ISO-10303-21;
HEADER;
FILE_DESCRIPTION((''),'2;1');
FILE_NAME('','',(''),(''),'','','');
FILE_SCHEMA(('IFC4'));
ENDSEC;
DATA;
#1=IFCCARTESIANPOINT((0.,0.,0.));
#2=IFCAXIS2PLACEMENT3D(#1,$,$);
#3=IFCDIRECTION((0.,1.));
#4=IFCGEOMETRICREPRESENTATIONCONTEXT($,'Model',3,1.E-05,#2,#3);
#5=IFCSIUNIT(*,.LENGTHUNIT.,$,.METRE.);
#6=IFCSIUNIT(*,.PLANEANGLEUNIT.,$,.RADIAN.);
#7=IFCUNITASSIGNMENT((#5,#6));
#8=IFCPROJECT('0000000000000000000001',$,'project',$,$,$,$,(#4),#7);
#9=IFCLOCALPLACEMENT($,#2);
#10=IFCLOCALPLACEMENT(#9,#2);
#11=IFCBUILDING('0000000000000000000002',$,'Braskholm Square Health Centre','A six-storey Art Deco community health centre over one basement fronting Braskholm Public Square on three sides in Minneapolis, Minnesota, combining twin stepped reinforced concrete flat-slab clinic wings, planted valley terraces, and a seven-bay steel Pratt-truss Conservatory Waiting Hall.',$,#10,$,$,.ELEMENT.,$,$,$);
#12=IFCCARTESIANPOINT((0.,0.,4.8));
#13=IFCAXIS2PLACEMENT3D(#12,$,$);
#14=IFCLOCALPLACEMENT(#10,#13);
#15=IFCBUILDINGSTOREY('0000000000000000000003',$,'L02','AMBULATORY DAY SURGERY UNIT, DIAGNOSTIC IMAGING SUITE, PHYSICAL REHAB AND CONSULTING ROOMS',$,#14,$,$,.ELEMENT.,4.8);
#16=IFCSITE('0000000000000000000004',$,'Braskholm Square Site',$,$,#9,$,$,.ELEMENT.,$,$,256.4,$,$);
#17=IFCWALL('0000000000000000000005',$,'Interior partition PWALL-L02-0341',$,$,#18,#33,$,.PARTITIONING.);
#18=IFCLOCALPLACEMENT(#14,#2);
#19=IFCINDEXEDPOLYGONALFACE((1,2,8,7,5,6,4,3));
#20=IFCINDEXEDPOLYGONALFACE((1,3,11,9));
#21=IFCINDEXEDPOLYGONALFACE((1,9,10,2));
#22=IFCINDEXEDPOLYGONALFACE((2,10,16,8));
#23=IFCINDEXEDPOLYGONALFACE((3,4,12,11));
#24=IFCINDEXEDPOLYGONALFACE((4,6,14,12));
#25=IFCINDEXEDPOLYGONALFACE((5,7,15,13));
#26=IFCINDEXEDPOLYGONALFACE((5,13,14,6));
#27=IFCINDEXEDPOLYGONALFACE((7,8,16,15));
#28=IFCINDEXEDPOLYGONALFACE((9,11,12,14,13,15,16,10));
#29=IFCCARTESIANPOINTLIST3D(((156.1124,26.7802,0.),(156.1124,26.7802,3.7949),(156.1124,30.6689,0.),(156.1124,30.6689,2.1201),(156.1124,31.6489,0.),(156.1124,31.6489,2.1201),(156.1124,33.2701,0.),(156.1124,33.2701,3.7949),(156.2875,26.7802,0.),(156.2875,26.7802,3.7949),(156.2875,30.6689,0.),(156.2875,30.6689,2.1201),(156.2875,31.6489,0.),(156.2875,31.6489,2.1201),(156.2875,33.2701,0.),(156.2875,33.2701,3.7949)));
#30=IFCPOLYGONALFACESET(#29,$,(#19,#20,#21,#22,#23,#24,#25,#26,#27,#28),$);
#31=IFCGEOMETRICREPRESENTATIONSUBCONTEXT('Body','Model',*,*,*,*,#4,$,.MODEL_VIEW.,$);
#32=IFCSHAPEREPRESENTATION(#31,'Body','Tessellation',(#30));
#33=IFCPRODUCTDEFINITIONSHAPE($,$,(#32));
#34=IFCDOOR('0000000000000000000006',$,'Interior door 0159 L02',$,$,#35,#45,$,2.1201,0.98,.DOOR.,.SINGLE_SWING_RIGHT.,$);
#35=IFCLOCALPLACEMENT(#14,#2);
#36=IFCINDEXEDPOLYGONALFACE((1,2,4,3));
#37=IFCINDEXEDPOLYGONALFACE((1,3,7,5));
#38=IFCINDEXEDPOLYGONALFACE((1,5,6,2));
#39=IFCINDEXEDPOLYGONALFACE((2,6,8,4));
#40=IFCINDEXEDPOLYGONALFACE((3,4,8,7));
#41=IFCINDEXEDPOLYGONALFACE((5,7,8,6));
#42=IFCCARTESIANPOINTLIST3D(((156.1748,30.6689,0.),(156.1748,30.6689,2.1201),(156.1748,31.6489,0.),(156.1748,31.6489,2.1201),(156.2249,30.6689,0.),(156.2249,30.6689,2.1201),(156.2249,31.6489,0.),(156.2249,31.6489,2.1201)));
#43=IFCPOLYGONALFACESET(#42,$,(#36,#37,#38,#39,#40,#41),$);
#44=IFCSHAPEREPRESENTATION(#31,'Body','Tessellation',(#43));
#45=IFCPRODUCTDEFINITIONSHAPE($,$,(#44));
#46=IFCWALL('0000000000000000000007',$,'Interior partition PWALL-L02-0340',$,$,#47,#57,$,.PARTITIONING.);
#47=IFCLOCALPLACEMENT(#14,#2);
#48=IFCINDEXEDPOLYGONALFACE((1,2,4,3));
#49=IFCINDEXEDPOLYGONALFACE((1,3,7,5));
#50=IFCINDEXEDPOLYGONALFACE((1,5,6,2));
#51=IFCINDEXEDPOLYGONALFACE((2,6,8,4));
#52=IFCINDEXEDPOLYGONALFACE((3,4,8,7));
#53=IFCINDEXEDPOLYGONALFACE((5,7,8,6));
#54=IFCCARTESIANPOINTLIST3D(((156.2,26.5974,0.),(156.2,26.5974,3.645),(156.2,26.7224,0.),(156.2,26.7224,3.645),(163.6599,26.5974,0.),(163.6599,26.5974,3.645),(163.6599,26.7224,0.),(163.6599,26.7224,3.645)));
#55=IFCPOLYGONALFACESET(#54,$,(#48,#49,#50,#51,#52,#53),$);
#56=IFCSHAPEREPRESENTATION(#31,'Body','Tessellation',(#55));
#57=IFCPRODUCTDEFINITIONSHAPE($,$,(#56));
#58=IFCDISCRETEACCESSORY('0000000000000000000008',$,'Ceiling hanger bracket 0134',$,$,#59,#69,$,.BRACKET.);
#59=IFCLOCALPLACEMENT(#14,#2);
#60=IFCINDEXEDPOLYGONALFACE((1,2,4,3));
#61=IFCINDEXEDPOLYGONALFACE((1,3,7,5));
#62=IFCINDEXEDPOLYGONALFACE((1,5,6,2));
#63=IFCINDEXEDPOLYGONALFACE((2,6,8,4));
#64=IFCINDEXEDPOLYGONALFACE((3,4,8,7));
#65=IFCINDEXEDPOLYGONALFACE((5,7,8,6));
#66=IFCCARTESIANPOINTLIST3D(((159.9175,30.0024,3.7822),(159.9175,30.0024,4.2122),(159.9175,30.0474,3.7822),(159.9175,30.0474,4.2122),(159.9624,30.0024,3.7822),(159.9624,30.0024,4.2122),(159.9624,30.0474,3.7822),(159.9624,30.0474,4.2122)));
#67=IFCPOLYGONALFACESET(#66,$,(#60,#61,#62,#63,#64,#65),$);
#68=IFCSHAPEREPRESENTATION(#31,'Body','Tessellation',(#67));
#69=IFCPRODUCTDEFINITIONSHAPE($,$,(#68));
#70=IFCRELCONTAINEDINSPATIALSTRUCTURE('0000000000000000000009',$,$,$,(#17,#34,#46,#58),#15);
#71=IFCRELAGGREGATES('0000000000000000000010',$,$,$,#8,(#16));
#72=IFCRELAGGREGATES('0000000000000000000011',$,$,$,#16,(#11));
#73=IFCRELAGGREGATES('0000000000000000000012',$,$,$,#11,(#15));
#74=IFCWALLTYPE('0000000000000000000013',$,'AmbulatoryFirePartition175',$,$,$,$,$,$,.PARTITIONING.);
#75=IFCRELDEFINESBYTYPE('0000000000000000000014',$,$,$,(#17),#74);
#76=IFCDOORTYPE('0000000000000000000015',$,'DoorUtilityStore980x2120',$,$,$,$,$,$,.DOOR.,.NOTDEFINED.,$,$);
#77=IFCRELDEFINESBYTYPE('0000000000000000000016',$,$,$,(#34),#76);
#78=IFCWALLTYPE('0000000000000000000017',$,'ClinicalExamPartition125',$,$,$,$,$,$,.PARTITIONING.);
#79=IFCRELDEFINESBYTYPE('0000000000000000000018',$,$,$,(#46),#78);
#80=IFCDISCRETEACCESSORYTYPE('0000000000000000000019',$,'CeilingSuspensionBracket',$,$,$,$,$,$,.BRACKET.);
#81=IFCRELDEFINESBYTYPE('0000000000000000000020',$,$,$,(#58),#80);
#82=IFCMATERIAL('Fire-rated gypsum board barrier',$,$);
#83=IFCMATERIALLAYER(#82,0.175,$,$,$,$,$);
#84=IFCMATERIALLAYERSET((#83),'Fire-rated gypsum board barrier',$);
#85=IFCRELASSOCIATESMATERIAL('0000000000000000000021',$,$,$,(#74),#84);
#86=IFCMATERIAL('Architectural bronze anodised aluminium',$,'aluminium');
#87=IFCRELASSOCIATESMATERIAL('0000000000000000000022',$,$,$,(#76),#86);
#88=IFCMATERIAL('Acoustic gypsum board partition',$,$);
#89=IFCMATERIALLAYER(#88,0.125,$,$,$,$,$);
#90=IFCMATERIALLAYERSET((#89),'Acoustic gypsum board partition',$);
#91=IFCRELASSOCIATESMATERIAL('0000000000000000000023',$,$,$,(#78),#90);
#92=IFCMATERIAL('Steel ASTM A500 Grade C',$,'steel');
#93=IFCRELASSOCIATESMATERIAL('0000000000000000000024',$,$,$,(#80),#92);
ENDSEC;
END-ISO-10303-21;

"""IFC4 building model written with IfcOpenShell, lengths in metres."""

from ifc_helpers import new_model, si_unit, direction, frame, frame_2d, origin, origin_2d, place, context, subcontext, project, spatial, rectangle, extrude, material, layer, layer_set, type_object, element, fill, save


model = new_model("IFC4")

# Units and contexts
model_context = context("Model", 3, precision=1e-05, world=origin(), true_north=direction((0.0, 1.0)))
body_context = subcontext(model_context, "Body", "Model", "MODEL_VIEW")
ifc_project = project(units=[si_unit("LENGTHUNIT", "METRE"), si_unit("PLANEANGLEUNIT", "RADIAN")], contexts=[model_context])

# Site, building, storey
site_placement = place(None, origin())
site = spatial("IfcSite", under=ifc_project, at=site_placement, Name="Braskholm Square Site", CompositionType="ELEMENT", RefElevation=256.4)
building_placement = place(site_placement, origin())
building = spatial("IfcBuilding", under=site, at=building_placement, Name="Braskholm Square Health Centre", Description="A six-storey Art Deco community health centre over one basement fronting Braskholm Public Square on three sides in Minneapolis, Minnesota, combining twin stepped reinforced concrete flat-slab clinic wings, planted valley terraces, and a seven-bay steel Pratt-truss Conservatory Waiting Hall.", CompositionType="ELEMENT")
storey_placement = place(building_placement, frame((0.0, 0.0, 4.8)))
storey = spatial("IfcBuildingStorey", under=building, at=storey_placement, Name="L02", Description="AMBULATORY DAY SURGERY UNIT, DIAGNOSTIC IMAGING SUITE, PHYSICAL REHAB AND CONSULTING ROOMS", CompositionType="ELEMENT", Elevation=4.8)

# Shared definitions
ifc_material_1 = material(Name="Architectural bronze anodised aluminium", Category="aluminium")

# Wall, opening, door
ifc_material_2 = material(Name="Fire-rated gypsum board barrier")
ifc_layer_1 = layer(ifc_material_2, 0.175)
ifc_layer_set_1 = layer_set([ifc_layer_1], Name="Fire-rated gypsum board barrier")
wall_type_1 = type_object("IfcWallType", Name="AmbulatoryFirePartition175", PredefinedType="PARTITIONING", material=ifc_layer_set_1)
wall_1_placement = place(storey_placement, frame((156.2, 26.78, 0.0), z_axis=(0.0, 0.0, 1.0), x_axis=(0.0, 1.0, 0.0)))
wall_1 = element("IfcWall", 1, at=wall_1_placement, inside=storey, type_object=wall_type_1, Name="Interior partition PWALL-L02-0341", PredefinedType="PARTITIONING", context=body_context, shape_type="SweptSolid", body=[
    extrude(rectangle(XDim=6.49, YDim=0.175, at=frame_2d((3.2451, 0.0))), origin(), (0.0, 0.0, 1.0), 3.7949),
])
opening_placement = place(wall_1_placement, frame((3.8889, 0.0, 0.0)))
opening = element("IfcOpeningElement", 2, at=opening_placement, cuts=wall_1, PredefinedType="OPENING", context=body_context, shape_type="SweptSolid", body=[
    extrude(rectangle(XDim=0.98, YDim=2.1201, at=frame_2d((0.49, 1.0601))), frame((0.0, 0.0977, 0.0), z_axis=(0.0, -1.0, 0.0), x_axis=(1.0, 0.0, 0.0)), (0.0, 0.0, 1.0), 0.1951),
])
door_type = type_object("IfcDoorType", Name="DoorUtilityStore980x2120", OperationType="NOTDEFINED", PredefinedType="DOOR", material=ifc_material_1)
door_placement = place(opening_placement, frame((0.98, 0.0, 0.0), z_axis=(0.0, 0.0, 1.0), x_axis=(-1.0, 0.0, 0.0)))
door = element("IfcDoor", 3, at=door_placement, inside=storey, type_object=door_type, Name="Interior door 0159 L02", OperationType="SINGLE_SWING_RIGHT", OverallHeight=2.1201, OverallWidth=0.98, PredefinedType="DOOR", context=body_context, shape_type="SweptSolid", body=[
    extrude(rectangle(XDim=0.98, YDim=2.1201, at=frame_2d((0.49, 1.0601))), frame((0.0, 0.0249, 0.0), z_axis=(0.0, -1.0, 0.0), x_axis=(1.0, 0.0, 0.0)), (0.0, 0.0, 1.0), 0.05),
])
fill(opening, door)

# Wall
ifc_material_3 = material(Name="Acoustic gypsum board partition")
ifc_layer_2 = layer(ifc_material_3, 0.125)
ifc_layer_set_2 = layer_set([ifc_layer_2], Name="Acoustic gypsum board partition")
wall_type_2 = type_object("IfcWallType", Name="ClinicalExamPartition125", PredefinedType="PARTITIONING", material=ifc_layer_set_2)
wall_2_placement = place(storey_placement, frame((156.2, 26.6599, 0.0), z_axis=(0.0, 0.0, 1.0), x_axis=(1.0, 0.0, 0.0)))
element("IfcWall", 4, at=wall_2_placement, inside=storey, type_object=wall_type_2, Name="Interior partition PWALL-L02-0340", PredefinedType="PARTITIONING", context=body_context, shape_type="SweptSolid", body=[
    extrude(rectangle(XDim=7.46, YDim=0.125, at=frame_2d((3.73, 0.0))), origin(), (0.0, 0.0, 1.0), 3.645),
])

# Discrete accessory
ifc_material_4 = material(Name="Steel ASTM A500 Grade C", Category="steel")
discrete_accessory_type = type_object("IfcDiscreteAccessoryType", Name="CeilingSuspensionBracket", PredefinedType="BRACKET", material=ifc_material_4)
discrete_accessory_placement = place(storey_placement, frame((159.9399, 30.0249, 3.7822), z_axis=(0.0, 0.0, 1.0), x_axis=(1.0, 0.0, 0.0)))
element("IfcDiscreteAccessory", 5, at=discrete_accessory_placement, inside=storey, type_object=discrete_accessory_type, Name="Ceiling hanger bracket 0134", PredefinedType="BRACKET", context=body_context, shape_type="SweptSolid", body=[
    extrude(rectangle(XDim=0.0449, YDim=0.0449, at=origin_2d()), origin(), (0.0, 0.0, 1.0), 0.4299),
])

save(model, "model.ifc")
